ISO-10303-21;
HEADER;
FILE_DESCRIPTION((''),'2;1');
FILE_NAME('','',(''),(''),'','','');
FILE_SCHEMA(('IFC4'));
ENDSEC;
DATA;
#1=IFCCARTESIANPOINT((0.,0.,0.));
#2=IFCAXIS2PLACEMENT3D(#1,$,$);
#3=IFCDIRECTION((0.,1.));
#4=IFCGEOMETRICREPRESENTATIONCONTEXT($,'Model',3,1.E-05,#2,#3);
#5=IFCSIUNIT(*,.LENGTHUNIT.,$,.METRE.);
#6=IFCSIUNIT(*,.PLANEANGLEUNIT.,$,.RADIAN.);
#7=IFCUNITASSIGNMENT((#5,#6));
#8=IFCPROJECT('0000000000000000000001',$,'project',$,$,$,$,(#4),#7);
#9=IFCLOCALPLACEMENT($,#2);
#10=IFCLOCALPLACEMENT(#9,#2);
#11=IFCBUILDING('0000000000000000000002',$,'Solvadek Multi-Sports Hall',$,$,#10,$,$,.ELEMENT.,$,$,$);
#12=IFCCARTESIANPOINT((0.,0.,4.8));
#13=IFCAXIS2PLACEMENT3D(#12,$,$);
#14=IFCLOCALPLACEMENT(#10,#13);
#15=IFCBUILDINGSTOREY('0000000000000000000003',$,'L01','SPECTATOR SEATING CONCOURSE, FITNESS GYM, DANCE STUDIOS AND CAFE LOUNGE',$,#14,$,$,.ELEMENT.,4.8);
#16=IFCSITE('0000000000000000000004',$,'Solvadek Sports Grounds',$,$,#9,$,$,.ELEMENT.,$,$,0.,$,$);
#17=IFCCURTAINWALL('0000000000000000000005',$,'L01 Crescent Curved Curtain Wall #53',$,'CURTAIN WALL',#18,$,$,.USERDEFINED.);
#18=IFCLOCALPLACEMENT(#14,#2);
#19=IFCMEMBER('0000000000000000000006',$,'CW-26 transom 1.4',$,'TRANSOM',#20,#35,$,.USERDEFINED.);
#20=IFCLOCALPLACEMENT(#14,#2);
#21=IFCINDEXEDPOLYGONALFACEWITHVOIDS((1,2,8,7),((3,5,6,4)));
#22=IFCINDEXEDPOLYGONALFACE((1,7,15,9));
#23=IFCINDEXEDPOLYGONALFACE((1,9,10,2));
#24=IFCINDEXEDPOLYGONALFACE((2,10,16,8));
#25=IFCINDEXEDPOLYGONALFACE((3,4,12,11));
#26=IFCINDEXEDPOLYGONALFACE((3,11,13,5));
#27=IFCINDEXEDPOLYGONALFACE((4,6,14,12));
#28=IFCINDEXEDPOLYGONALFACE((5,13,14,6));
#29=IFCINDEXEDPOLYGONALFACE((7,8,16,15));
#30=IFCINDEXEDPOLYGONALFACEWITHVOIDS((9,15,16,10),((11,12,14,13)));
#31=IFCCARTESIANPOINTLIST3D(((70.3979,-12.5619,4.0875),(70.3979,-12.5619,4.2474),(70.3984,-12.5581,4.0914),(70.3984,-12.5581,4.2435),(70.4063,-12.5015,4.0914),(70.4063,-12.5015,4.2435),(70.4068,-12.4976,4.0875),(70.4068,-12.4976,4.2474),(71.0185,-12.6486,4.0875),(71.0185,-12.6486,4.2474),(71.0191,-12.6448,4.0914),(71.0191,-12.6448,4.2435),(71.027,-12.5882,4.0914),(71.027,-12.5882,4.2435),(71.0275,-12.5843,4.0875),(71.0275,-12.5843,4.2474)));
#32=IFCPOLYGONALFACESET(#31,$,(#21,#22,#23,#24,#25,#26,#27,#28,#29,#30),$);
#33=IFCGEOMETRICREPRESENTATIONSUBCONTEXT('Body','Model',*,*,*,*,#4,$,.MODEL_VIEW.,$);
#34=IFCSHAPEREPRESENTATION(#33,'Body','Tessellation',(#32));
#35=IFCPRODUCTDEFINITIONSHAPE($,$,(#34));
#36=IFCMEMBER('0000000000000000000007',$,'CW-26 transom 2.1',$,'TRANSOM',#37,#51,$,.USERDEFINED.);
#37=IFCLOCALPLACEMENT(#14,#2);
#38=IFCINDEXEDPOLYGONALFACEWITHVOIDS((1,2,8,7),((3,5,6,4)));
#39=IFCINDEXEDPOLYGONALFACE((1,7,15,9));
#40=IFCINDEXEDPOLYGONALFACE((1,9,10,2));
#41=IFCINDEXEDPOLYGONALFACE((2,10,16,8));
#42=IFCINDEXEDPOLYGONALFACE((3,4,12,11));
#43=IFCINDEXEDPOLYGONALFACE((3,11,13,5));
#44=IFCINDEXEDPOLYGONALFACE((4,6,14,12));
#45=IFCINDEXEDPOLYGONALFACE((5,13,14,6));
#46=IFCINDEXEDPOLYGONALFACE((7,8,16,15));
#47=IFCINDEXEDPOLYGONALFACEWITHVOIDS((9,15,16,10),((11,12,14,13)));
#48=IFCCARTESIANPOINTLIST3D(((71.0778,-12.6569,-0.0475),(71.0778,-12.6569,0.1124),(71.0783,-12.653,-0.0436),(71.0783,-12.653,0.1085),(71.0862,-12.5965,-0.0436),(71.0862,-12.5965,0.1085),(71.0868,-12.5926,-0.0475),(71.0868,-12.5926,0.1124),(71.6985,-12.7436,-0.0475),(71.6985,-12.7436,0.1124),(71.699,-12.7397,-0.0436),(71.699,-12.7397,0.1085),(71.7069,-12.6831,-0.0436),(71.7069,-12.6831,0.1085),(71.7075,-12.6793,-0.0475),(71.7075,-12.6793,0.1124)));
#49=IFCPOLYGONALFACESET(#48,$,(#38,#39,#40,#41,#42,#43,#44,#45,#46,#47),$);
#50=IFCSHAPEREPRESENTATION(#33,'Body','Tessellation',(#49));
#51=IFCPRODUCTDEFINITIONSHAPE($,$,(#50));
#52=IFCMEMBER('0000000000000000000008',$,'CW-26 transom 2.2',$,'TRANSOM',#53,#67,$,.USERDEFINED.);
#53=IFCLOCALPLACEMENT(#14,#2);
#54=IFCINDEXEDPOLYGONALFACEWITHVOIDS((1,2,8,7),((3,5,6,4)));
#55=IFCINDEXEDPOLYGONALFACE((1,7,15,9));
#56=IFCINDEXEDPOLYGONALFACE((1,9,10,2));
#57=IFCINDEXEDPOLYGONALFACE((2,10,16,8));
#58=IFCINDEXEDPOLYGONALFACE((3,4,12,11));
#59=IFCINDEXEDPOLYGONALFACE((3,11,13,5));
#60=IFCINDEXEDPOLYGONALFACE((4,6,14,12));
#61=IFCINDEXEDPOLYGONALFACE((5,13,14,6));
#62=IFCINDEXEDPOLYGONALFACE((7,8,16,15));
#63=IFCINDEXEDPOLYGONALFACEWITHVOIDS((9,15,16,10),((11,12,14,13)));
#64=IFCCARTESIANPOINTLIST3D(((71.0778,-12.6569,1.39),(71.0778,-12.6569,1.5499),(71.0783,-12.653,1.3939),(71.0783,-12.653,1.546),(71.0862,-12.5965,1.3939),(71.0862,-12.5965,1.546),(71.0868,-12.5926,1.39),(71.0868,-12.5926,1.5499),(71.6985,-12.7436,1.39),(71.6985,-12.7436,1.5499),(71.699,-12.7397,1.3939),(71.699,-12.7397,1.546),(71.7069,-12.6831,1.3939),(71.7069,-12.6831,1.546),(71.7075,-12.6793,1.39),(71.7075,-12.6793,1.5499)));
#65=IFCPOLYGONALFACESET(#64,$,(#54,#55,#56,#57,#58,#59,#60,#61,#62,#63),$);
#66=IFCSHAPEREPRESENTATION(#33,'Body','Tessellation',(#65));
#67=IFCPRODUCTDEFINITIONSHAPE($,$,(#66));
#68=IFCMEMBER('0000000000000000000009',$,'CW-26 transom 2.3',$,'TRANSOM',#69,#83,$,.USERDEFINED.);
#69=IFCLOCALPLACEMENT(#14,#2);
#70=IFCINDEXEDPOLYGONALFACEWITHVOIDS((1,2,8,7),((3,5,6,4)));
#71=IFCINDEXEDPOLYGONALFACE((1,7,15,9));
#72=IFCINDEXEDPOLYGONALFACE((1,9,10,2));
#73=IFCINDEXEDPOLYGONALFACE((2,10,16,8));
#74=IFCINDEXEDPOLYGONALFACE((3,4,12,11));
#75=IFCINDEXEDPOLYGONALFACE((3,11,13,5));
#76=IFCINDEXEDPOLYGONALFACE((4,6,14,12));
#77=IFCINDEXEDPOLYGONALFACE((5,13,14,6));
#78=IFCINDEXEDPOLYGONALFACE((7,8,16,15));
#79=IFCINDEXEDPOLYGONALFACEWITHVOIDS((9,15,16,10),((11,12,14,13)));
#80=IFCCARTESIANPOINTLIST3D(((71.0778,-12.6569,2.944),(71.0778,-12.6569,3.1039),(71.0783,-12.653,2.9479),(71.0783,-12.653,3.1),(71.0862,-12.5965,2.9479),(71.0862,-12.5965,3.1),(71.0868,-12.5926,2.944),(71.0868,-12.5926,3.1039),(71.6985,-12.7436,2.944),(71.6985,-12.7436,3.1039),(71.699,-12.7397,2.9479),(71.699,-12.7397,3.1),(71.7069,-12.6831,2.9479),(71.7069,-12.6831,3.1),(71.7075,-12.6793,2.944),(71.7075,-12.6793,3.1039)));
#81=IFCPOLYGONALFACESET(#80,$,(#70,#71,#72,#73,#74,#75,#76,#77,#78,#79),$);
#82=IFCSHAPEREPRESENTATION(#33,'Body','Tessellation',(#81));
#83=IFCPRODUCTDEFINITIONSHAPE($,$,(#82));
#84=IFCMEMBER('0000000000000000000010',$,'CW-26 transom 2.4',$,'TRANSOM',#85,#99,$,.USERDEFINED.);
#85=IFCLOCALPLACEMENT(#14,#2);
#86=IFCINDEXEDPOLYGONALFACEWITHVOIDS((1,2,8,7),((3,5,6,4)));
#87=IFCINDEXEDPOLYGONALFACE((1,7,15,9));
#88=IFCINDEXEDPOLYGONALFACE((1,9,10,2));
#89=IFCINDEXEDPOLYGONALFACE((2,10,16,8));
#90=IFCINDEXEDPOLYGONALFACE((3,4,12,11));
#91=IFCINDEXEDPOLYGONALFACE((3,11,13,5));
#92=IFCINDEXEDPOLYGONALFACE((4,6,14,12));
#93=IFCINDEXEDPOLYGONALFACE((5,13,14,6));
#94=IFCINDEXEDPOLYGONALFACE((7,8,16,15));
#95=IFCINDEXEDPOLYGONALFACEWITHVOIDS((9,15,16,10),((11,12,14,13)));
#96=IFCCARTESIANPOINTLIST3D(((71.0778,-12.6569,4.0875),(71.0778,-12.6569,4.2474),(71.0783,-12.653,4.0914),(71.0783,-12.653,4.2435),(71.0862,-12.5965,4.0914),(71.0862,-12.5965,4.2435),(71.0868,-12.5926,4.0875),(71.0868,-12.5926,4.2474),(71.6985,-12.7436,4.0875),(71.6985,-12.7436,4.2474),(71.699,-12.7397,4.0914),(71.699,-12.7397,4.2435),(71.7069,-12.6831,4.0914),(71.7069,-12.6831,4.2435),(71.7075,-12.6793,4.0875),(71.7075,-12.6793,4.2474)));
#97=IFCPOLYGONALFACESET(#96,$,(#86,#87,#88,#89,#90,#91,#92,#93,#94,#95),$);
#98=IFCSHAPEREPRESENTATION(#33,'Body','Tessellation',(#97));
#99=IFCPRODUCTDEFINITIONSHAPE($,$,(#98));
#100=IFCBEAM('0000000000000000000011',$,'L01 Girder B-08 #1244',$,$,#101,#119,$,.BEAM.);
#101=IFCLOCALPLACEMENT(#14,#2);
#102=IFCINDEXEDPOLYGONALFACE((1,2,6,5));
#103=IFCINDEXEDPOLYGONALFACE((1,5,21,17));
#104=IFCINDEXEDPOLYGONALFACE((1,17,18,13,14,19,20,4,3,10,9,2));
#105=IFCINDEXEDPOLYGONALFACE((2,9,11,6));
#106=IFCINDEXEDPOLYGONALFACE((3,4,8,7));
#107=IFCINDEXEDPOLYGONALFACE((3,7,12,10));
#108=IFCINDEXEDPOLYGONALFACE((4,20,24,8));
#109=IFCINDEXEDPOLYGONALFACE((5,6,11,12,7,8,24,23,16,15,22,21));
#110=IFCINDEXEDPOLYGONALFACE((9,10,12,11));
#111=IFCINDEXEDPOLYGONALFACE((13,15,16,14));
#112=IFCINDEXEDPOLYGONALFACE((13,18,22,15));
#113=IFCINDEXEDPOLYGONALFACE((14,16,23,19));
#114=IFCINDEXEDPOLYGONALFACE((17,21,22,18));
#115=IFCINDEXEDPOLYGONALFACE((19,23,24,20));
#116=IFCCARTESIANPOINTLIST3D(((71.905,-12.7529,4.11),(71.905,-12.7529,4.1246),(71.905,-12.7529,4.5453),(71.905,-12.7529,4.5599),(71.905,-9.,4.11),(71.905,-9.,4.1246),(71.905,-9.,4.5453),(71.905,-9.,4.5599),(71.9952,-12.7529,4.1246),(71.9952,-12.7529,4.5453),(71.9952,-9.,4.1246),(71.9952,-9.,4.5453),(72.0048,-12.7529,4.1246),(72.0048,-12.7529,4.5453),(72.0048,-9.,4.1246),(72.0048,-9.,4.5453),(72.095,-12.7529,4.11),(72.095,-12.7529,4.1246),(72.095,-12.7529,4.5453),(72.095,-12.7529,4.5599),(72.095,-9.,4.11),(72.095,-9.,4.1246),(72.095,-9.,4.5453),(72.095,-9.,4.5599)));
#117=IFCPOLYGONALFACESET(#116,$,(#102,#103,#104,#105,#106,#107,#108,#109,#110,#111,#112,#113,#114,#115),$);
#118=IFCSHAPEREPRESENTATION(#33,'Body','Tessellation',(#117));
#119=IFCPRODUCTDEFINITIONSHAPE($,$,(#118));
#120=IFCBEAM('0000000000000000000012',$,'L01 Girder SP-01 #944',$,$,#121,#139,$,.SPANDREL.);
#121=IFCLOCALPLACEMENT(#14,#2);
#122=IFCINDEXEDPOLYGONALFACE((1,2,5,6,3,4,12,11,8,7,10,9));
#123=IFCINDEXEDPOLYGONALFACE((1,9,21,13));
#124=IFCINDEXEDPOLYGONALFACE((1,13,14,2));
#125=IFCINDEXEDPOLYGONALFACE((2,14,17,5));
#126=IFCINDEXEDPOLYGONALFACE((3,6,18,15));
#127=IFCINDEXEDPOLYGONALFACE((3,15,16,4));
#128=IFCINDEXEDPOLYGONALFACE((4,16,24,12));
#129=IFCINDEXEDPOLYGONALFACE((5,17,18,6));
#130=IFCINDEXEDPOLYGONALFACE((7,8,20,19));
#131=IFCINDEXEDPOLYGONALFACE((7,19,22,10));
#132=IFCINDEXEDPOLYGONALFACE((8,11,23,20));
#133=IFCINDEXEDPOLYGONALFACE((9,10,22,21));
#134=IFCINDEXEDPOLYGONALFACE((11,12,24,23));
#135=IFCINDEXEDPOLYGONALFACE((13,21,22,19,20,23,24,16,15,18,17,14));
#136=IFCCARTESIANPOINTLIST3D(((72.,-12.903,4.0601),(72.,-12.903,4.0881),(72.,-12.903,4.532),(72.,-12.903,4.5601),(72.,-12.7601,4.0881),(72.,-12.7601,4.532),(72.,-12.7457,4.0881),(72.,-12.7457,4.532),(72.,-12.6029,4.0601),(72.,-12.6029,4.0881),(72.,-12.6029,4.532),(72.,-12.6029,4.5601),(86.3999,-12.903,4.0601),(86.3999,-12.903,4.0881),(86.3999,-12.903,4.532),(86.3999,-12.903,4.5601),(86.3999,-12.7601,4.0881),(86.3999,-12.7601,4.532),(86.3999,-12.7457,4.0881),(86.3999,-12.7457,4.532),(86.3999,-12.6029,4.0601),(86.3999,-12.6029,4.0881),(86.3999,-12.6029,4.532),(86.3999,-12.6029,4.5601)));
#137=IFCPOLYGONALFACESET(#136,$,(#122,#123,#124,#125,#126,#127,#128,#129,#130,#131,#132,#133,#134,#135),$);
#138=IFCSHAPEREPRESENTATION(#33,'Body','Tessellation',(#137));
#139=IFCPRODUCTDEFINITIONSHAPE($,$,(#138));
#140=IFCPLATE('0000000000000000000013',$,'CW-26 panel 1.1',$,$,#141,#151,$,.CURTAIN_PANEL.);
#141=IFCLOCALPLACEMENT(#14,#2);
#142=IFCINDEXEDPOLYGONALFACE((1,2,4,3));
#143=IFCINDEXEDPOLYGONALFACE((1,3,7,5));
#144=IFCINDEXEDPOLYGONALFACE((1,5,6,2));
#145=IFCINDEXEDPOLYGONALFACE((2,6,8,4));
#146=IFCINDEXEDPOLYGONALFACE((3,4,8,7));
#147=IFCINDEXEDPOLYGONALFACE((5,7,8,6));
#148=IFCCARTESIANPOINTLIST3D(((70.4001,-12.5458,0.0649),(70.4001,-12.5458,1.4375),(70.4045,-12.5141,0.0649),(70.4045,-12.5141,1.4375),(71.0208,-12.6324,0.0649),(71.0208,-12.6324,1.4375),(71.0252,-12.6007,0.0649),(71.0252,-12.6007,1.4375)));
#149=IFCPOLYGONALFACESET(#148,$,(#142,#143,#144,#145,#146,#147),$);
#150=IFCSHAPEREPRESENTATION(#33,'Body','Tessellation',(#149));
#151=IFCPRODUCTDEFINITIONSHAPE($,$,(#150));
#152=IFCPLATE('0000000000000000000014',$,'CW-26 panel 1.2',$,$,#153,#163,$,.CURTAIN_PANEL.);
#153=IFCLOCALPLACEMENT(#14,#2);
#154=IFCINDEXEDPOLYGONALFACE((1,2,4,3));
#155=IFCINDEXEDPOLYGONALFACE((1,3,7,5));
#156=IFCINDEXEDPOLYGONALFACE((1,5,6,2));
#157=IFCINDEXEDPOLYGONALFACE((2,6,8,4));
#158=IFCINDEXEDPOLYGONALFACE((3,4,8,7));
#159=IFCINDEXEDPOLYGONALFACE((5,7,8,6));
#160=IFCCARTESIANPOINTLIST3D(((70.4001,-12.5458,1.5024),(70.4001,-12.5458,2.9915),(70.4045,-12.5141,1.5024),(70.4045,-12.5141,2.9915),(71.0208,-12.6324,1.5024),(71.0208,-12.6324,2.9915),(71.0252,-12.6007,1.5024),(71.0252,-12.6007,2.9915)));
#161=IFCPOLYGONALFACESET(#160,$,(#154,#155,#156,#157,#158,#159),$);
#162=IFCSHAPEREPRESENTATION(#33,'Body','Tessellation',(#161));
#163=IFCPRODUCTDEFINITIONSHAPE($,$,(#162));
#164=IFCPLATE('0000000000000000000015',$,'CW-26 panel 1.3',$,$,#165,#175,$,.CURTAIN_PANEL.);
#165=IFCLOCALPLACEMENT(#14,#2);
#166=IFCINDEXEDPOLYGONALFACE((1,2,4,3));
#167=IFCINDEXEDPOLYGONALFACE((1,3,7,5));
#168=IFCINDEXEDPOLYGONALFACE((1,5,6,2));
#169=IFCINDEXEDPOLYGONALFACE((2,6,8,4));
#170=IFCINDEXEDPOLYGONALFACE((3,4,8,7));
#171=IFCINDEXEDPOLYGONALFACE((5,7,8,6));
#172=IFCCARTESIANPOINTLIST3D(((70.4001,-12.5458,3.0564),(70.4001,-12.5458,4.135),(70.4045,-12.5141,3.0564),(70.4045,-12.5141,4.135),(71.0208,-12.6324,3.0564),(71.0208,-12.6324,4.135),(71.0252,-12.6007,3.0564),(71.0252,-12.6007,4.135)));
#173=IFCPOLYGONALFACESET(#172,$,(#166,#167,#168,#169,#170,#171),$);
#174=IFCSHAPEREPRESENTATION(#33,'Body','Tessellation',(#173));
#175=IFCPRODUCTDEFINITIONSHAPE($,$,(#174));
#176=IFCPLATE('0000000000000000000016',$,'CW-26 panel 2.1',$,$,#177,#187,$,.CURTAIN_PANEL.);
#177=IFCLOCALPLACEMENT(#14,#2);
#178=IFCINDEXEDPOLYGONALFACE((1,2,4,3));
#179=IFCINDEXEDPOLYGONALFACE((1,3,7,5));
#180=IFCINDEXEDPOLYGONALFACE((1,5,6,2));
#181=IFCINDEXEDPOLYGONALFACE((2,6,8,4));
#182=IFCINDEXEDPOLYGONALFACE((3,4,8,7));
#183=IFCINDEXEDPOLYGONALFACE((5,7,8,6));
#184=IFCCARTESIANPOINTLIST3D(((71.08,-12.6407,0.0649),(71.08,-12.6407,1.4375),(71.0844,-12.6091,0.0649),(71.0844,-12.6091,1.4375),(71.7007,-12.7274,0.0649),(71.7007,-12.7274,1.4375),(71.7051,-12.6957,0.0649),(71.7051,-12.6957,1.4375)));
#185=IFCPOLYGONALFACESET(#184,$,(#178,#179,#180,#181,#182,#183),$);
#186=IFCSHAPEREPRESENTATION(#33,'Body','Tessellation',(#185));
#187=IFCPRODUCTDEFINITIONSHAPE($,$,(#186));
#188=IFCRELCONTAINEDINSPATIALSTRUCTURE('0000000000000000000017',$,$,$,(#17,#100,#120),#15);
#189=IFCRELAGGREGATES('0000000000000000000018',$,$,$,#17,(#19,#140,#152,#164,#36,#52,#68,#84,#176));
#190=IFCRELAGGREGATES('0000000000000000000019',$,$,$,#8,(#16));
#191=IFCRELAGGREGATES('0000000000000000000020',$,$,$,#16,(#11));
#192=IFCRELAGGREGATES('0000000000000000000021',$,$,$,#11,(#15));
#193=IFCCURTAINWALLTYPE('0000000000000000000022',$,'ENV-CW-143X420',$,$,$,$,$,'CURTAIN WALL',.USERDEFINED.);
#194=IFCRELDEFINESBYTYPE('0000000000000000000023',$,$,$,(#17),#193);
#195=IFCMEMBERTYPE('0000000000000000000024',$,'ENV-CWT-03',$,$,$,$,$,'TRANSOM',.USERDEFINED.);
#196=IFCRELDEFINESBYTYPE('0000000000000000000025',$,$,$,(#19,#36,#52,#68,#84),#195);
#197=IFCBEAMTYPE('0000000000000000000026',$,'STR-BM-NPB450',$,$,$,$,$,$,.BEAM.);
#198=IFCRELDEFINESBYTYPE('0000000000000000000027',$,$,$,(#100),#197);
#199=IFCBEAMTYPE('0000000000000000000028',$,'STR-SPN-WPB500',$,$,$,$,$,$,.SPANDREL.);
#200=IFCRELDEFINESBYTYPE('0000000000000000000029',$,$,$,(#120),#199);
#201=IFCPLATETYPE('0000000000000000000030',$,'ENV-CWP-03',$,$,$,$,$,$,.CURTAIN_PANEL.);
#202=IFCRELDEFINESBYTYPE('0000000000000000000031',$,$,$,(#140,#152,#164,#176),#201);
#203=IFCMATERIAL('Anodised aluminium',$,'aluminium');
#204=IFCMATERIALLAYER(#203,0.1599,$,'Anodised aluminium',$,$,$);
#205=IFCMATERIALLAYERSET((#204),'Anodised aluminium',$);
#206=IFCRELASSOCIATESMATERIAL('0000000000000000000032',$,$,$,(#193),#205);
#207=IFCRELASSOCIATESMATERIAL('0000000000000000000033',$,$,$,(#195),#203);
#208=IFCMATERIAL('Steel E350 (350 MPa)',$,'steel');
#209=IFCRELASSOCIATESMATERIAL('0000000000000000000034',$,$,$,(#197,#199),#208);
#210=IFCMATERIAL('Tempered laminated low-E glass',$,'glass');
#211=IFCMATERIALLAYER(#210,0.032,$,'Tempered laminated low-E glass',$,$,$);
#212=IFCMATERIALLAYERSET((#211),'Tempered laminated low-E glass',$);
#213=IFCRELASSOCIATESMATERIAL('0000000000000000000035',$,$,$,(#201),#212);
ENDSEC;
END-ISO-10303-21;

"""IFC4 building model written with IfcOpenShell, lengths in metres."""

from ifc_helpers import new_model, si_unit, direction, frame, origin, origin_2d, place, context, subcontext, project, spatial, rectangle, hollow_rectangle, i_section, extrude, material, layer, layer_set, material_profile, profile_set, type_object, element, aggregate, save


model = new_model("IFC4")

# Units and contexts
model_context = context("Model", 3, precision=1e-05, world=origin(), true_north=direction((0.0, 1.0)))
body_context = subcontext(model_context, "Body", "Model", "MODEL_VIEW")
ifc_project = project(units=[si_unit("LENGTHUNIT", "METRE"), si_unit("PLANEANGLEUNIT", "RADIAN")], contexts=[model_context])

# Site, building, storey
site_placement = place(None, origin())
site = spatial("IfcSite", under=ifc_project, at=site_placement, Name="Solvadek Sports Grounds", CompositionType="ELEMENT", RefElevation=0.0)
building_placement = place(site_placement, origin())
building = spatial("IfcBuilding", under=site, at=building_placement, Name="Solvadek Multi-Sports Hall", CompositionType="ELEMENT")
storey_placement = place(building_placement, frame((0.0, 0.0, 4.8)))
storey = spatial("IfcBuildingStorey", under=building, at=storey_placement, Name="L01", Description="SPECTATOR SEATING CONCOURSE, FITNESS GYM, DANCE STUDIOS AND CAFE LOUNGE", CompositionType="ELEMENT", Elevation=4.8)

# Shared definitions
ifc_material_1 = material(Name="Steel E350 (350 MPa)", Category="steel")

# Curtain wall
ifc_material_2 = material(Name="Anodised aluminium", Category="aluminium")
ifc_layer_1 = layer(ifc_material_2, 0.1599, Name="Anodised aluminium")
ifc_layer_set_1 = layer_set([ifc_layer_1], Name="Anodised aluminium")
curtain_wall_type_1 = type_object("IfcCurtainWallType", Name="ENV-CW-143X420", ElementType="CURTAIN WALL", PredefinedType="USERDEFINED", material=ifc_layer_set_1)
curtain_wall_1_placement = place(storey_placement, origin())
curtain_wall_1 = element("IfcCurtainWall", 1, at=curtain_wall_1_placement, inside=storey, type_object=curtain_wall_type_1, Name="L01 Crescent Curved Curtain Wall #53", ObjectType="CURTAIN WALL", PredefinedType="USERDEFINED")

# Members
ifc_material_profile_1 = material_profile(ifc_material_2, hollow_rectangle(XDim=0.0649, YDim=0.1599, WallThickness=0.0039, at=origin_2d()), Name="ALU-T 160x65x4")
ifc_profile_set_1 = profile_set([ifc_material_profile_1], Name="Anodised aluminium")
member_type_1 = type_object("IfcMemberType", Name="ENV-CWT-03", ElementType="TRANSOM", PredefinedType="USERDEFINED", material=ifc_profile_set_1)
member_1_placement = place(storey_placement, frame((70.4023, -12.5298, 4.1675), z_axis=(0.990389, -0.138312, 0.0), x_axis=(0.138312, 0.990389, 0.0)))
member_1 = element("IfcMember", 2, at=member_1_placement, type_object=member_type_1, Name="CW-26 transom 1.4", ObjectType="TRANSOM", PredefinedType="USERDEFINED", context=body_context, shape_type="SweptSolid", body=[
    extrude(hollow_rectangle(XDim=0.0649, YDim=0.1599, WallThickness=0.0039, at=origin_2d()), origin(), (0.0, 0.0, 1.0), 0.6267),
])
member_2_placement = place(storey_placement, frame((71.0823, -12.6248, 0.0325), z_axis=(0.990389, -0.138312, 0.0), x_axis=(0.138312, 0.990389, 0.0)))
member_2 = element("IfcMember", 3, at=member_2_placement, type_object=member_type_1, Name="CW-26 transom 2.1", ObjectType="TRANSOM", PredefinedType="USERDEFINED", context=body_context, shape_type="SweptSolid", body=[
    extrude(hollow_rectangle(XDim=0.0649, YDim=0.1599, WallThickness=0.0039, at=origin_2d()), origin(), (0.0, 0.0, 1.0), 0.6267),
])
member_3_placement = place(storey_placement, frame((71.0823, -12.6248, 1.47), z_axis=(0.990389, -0.138312, 0.0), x_axis=(0.138312, 0.990389, 0.0)))
member_3 = element("IfcMember", 4, at=member_3_placement, type_object=member_type_1, Name="CW-26 transom 2.2", ObjectType="TRANSOM", PredefinedType="USERDEFINED", context=body_context, shape_type="SweptSolid", body=[
    extrude(hollow_rectangle(XDim=0.0649, YDim=0.1599, WallThickness=0.0039, at=origin_2d()), origin(), (0.0, 0.0, 1.0), 0.6267),
])
member_4_placement = place(storey_placement, frame((71.0823, -12.6248, 3.0239), z_axis=(0.990389, -0.138312, 0.0), x_axis=(0.138312, 0.990389, 0.0)))
member_4 = element("IfcMember", 5, at=member_4_placement, type_object=member_type_1, Name="CW-26 transom 2.3", ObjectType="TRANSOM", PredefinedType="USERDEFINED", context=body_context, shape_type="SweptSolid", body=[
    extrude(hollow_rectangle(XDim=0.0649, YDim=0.1599, WallThickness=0.0039, at=origin_2d()), origin(), (0.0, 0.0, 1.0), 0.6267),
])
member_5_placement = place(storey_placement, frame((71.0823, -12.6248, 4.1675), z_axis=(0.990389, -0.138312, 0.0), x_axis=(0.138312, 0.990389, 0.0)))
member_5 = element("IfcMember", 6, at=member_5_placement, type_object=member_type_1, Name="CW-26 transom 2.4", ObjectType="TRANSOM", PredefinedType="USERDEFINED", context=body_context, shape_type="SweptSolid", body=[
    extrude(hollow_rectangle(XDim=0.0649, YDim=0.1599, WallThickness=0.0039, at=origin_2d()), origin(), (0.0, 0.0, 1.0), 0.6267),
])

# Beams
ifc_material_profile_2 = material_profile(ifc_material_1, i_section(OverallWidth=0.1899, OverallDepth=0.45, WebThickness=0.0095, FlangeThickness=0.0146, at=origin_2d()), Name="NPB 450")
ifc_profile_set_2 = profile_set([ifc_material_profile_2], Name="Steel E350 (350 MPa)")
beam_type_1 = type_object("IfcBeamType", Name="STR-BM-NPB450", PredefinedType="BEAM", material=ifc_profile_set_2)
beam_1_placement = place(storey_placement, frame((72.0, -12.7529, 4.335), z_axis=(0.0, 1.0, 0.0), x_axis=(-1.0, 0.0, 0.0)))
element("IfcBeam", 7, at=beam_1_placement, inside=storey, type_object=beam_type_1, Name="L01 Girder B-08 #1244", PredefinedType="BEAM", context=body_context, shape_type="SweptSolid", body=[
    extrude(i_section(OverallWidth=0.1899, OverallDepth=0.45, WebThickness=0.0095, FlangeThickness=0.0146, at=origin_2d()), origin(), (0.0, 0.0, 1.0), 3.7529),
])
ifc_material_profile_3 = material_profile(ifc_material_1, i_section(OverallWidth=0.3, OverallDepth=0.5, WebThickness=0.0144, FlangeThickness=0.0281, at=origin_2d()), Name="WPB 500")
ifc_profile_set_3 = profile_set([ifc_material_profile_3], Name="Steel E350 (350 MPa)")
beam_type_2 = type_object("IfcBeamType", Name="STR-SPN-WPB500", PredefinedType="SPANDREL", material=ifc_profile_set_3)
beam_2_placement = place(storey_placement, frame((72.0, -12.7529, 4.3101), z_axis=(1.0, 0.0, 0.0), x_axis=(0.0, 1.0, 0.0)))
element("IfcBeam", 8, at=beam_2_placement, inside=storey, type_object=beam_type_2, Name="L01 Girder SP-01 #944", PredefinedType="SPANDREL", context=body_context, shape_type="SweptSolid", body=[
    extrude(i_section(OverallWidth=0.3, OverallDepth=0.5, WebThickness=0.0144, FlangeThickness=0.0281, at=origin_2d()), origin(), (0.0, 0.0, 1.0), 14.3999),
])

# Plates
ifc_material_3 = material(Name="Tempered laminated low-E glass", Category="glass")
ifc_layer_2 = layer(ifc_material_3, 0.032, Name="Tempered laminated low-E glass")
ifc_layer_set_2 = layer_set([ifc_layer_2], Name="Tempered laminated low-E glass")
plate_type_1 = type_object("IfcPlateType", Name="ENV-CWP-03", PredefinedType="CURTAIN_PANEL", material=ifc_layer_set_2)
plate_1_placement = place(storey_placement, frame((70.7126, -12.5732, 0.0649), z_axis=(0.0, 0.0, 1.0), x_axis=(0.990402, -0.138217, 0.0)))
plate_1 = element("IfcPlate", 9, at=plate_1_placement, type_object=plate_type_1, Name="CW-26 panel 1.1", PredefinedType="CURTAIN_PANEL", context=body_context, shape_type="SweptSolid", body=[
    extrude(rectangle(XDim=0.6267, YDim=0.032, at=origin_2d()), origin(), (0.0, 0.0, 1.0), 1.3726),
])
plate_2_placement = place(storey_placement, frame((70.7126, -12.5732, 1.5024), z_axis=(0.0, 0.0, 1.0), x_axis=(0.990402, -0.138217, 0.0)))
plate_2 = element("IfcPlate", 10, at=plate_2_placement, type_object=plate_type_1, Name="CW-26 panel 1.2", PredefinedType="CURTAIN_PANEL", context=body_context, shape_type="SweptSolid", body=[
    extrude(rectangle(XDim=0.6267, YDim=0.032, at=origin_2d()), origin(), (0.0, 0.0, 1.0), 1.489),
])
plate_3_placement = place(storey_placement, frame((70.7126, -12.5732, 3.0564), z_axis=(0.0, 0.0, 1.0), x_axis=(0.990402, -0.138217, 0.0)))
plate_3 = element("IfcPlate", 11, at=plate_3_placement, type_object=plate_type_1, Name="CW-26 panel 1.3", PredefinedType="CURTAIN_PANEL", context=body_context, shape_type="SweptSolid", body=[
    extrude(rectangle(XDim=0.6267, YDim=0.032, at=origin_2d()), origin(), (0.0, 0.0, 1.0), 1.0786),
])
plate_4_placement = place(storey_placement, frame((71.3926, -12.6682, 0.0649), z_axis=(0.0, 0.0, 1.0), x_axis=(0.990402, -0.138217, 0.0)))
plate_4 = element("IfcPlate", 12, at=plate_4_placement, type_object=plate_type_1, Name="CW-26 panel 2.1", PredefinedType="CURTAIN_PANEL", context=body_context, shape_type="SweptSolid", body=[
    extrude(rectangle(XDim=0.6267, YDim=0.032, at=origin_2d()), origin(), (0.0, 0.0, 1.0), 1.3726),
])
aggregate(curtain_wall_1, [member_1, plate_1, plate_2, plate_3, member_2, member_3, member_4, member_5, plate_4])

save(model, "model.ifc")
